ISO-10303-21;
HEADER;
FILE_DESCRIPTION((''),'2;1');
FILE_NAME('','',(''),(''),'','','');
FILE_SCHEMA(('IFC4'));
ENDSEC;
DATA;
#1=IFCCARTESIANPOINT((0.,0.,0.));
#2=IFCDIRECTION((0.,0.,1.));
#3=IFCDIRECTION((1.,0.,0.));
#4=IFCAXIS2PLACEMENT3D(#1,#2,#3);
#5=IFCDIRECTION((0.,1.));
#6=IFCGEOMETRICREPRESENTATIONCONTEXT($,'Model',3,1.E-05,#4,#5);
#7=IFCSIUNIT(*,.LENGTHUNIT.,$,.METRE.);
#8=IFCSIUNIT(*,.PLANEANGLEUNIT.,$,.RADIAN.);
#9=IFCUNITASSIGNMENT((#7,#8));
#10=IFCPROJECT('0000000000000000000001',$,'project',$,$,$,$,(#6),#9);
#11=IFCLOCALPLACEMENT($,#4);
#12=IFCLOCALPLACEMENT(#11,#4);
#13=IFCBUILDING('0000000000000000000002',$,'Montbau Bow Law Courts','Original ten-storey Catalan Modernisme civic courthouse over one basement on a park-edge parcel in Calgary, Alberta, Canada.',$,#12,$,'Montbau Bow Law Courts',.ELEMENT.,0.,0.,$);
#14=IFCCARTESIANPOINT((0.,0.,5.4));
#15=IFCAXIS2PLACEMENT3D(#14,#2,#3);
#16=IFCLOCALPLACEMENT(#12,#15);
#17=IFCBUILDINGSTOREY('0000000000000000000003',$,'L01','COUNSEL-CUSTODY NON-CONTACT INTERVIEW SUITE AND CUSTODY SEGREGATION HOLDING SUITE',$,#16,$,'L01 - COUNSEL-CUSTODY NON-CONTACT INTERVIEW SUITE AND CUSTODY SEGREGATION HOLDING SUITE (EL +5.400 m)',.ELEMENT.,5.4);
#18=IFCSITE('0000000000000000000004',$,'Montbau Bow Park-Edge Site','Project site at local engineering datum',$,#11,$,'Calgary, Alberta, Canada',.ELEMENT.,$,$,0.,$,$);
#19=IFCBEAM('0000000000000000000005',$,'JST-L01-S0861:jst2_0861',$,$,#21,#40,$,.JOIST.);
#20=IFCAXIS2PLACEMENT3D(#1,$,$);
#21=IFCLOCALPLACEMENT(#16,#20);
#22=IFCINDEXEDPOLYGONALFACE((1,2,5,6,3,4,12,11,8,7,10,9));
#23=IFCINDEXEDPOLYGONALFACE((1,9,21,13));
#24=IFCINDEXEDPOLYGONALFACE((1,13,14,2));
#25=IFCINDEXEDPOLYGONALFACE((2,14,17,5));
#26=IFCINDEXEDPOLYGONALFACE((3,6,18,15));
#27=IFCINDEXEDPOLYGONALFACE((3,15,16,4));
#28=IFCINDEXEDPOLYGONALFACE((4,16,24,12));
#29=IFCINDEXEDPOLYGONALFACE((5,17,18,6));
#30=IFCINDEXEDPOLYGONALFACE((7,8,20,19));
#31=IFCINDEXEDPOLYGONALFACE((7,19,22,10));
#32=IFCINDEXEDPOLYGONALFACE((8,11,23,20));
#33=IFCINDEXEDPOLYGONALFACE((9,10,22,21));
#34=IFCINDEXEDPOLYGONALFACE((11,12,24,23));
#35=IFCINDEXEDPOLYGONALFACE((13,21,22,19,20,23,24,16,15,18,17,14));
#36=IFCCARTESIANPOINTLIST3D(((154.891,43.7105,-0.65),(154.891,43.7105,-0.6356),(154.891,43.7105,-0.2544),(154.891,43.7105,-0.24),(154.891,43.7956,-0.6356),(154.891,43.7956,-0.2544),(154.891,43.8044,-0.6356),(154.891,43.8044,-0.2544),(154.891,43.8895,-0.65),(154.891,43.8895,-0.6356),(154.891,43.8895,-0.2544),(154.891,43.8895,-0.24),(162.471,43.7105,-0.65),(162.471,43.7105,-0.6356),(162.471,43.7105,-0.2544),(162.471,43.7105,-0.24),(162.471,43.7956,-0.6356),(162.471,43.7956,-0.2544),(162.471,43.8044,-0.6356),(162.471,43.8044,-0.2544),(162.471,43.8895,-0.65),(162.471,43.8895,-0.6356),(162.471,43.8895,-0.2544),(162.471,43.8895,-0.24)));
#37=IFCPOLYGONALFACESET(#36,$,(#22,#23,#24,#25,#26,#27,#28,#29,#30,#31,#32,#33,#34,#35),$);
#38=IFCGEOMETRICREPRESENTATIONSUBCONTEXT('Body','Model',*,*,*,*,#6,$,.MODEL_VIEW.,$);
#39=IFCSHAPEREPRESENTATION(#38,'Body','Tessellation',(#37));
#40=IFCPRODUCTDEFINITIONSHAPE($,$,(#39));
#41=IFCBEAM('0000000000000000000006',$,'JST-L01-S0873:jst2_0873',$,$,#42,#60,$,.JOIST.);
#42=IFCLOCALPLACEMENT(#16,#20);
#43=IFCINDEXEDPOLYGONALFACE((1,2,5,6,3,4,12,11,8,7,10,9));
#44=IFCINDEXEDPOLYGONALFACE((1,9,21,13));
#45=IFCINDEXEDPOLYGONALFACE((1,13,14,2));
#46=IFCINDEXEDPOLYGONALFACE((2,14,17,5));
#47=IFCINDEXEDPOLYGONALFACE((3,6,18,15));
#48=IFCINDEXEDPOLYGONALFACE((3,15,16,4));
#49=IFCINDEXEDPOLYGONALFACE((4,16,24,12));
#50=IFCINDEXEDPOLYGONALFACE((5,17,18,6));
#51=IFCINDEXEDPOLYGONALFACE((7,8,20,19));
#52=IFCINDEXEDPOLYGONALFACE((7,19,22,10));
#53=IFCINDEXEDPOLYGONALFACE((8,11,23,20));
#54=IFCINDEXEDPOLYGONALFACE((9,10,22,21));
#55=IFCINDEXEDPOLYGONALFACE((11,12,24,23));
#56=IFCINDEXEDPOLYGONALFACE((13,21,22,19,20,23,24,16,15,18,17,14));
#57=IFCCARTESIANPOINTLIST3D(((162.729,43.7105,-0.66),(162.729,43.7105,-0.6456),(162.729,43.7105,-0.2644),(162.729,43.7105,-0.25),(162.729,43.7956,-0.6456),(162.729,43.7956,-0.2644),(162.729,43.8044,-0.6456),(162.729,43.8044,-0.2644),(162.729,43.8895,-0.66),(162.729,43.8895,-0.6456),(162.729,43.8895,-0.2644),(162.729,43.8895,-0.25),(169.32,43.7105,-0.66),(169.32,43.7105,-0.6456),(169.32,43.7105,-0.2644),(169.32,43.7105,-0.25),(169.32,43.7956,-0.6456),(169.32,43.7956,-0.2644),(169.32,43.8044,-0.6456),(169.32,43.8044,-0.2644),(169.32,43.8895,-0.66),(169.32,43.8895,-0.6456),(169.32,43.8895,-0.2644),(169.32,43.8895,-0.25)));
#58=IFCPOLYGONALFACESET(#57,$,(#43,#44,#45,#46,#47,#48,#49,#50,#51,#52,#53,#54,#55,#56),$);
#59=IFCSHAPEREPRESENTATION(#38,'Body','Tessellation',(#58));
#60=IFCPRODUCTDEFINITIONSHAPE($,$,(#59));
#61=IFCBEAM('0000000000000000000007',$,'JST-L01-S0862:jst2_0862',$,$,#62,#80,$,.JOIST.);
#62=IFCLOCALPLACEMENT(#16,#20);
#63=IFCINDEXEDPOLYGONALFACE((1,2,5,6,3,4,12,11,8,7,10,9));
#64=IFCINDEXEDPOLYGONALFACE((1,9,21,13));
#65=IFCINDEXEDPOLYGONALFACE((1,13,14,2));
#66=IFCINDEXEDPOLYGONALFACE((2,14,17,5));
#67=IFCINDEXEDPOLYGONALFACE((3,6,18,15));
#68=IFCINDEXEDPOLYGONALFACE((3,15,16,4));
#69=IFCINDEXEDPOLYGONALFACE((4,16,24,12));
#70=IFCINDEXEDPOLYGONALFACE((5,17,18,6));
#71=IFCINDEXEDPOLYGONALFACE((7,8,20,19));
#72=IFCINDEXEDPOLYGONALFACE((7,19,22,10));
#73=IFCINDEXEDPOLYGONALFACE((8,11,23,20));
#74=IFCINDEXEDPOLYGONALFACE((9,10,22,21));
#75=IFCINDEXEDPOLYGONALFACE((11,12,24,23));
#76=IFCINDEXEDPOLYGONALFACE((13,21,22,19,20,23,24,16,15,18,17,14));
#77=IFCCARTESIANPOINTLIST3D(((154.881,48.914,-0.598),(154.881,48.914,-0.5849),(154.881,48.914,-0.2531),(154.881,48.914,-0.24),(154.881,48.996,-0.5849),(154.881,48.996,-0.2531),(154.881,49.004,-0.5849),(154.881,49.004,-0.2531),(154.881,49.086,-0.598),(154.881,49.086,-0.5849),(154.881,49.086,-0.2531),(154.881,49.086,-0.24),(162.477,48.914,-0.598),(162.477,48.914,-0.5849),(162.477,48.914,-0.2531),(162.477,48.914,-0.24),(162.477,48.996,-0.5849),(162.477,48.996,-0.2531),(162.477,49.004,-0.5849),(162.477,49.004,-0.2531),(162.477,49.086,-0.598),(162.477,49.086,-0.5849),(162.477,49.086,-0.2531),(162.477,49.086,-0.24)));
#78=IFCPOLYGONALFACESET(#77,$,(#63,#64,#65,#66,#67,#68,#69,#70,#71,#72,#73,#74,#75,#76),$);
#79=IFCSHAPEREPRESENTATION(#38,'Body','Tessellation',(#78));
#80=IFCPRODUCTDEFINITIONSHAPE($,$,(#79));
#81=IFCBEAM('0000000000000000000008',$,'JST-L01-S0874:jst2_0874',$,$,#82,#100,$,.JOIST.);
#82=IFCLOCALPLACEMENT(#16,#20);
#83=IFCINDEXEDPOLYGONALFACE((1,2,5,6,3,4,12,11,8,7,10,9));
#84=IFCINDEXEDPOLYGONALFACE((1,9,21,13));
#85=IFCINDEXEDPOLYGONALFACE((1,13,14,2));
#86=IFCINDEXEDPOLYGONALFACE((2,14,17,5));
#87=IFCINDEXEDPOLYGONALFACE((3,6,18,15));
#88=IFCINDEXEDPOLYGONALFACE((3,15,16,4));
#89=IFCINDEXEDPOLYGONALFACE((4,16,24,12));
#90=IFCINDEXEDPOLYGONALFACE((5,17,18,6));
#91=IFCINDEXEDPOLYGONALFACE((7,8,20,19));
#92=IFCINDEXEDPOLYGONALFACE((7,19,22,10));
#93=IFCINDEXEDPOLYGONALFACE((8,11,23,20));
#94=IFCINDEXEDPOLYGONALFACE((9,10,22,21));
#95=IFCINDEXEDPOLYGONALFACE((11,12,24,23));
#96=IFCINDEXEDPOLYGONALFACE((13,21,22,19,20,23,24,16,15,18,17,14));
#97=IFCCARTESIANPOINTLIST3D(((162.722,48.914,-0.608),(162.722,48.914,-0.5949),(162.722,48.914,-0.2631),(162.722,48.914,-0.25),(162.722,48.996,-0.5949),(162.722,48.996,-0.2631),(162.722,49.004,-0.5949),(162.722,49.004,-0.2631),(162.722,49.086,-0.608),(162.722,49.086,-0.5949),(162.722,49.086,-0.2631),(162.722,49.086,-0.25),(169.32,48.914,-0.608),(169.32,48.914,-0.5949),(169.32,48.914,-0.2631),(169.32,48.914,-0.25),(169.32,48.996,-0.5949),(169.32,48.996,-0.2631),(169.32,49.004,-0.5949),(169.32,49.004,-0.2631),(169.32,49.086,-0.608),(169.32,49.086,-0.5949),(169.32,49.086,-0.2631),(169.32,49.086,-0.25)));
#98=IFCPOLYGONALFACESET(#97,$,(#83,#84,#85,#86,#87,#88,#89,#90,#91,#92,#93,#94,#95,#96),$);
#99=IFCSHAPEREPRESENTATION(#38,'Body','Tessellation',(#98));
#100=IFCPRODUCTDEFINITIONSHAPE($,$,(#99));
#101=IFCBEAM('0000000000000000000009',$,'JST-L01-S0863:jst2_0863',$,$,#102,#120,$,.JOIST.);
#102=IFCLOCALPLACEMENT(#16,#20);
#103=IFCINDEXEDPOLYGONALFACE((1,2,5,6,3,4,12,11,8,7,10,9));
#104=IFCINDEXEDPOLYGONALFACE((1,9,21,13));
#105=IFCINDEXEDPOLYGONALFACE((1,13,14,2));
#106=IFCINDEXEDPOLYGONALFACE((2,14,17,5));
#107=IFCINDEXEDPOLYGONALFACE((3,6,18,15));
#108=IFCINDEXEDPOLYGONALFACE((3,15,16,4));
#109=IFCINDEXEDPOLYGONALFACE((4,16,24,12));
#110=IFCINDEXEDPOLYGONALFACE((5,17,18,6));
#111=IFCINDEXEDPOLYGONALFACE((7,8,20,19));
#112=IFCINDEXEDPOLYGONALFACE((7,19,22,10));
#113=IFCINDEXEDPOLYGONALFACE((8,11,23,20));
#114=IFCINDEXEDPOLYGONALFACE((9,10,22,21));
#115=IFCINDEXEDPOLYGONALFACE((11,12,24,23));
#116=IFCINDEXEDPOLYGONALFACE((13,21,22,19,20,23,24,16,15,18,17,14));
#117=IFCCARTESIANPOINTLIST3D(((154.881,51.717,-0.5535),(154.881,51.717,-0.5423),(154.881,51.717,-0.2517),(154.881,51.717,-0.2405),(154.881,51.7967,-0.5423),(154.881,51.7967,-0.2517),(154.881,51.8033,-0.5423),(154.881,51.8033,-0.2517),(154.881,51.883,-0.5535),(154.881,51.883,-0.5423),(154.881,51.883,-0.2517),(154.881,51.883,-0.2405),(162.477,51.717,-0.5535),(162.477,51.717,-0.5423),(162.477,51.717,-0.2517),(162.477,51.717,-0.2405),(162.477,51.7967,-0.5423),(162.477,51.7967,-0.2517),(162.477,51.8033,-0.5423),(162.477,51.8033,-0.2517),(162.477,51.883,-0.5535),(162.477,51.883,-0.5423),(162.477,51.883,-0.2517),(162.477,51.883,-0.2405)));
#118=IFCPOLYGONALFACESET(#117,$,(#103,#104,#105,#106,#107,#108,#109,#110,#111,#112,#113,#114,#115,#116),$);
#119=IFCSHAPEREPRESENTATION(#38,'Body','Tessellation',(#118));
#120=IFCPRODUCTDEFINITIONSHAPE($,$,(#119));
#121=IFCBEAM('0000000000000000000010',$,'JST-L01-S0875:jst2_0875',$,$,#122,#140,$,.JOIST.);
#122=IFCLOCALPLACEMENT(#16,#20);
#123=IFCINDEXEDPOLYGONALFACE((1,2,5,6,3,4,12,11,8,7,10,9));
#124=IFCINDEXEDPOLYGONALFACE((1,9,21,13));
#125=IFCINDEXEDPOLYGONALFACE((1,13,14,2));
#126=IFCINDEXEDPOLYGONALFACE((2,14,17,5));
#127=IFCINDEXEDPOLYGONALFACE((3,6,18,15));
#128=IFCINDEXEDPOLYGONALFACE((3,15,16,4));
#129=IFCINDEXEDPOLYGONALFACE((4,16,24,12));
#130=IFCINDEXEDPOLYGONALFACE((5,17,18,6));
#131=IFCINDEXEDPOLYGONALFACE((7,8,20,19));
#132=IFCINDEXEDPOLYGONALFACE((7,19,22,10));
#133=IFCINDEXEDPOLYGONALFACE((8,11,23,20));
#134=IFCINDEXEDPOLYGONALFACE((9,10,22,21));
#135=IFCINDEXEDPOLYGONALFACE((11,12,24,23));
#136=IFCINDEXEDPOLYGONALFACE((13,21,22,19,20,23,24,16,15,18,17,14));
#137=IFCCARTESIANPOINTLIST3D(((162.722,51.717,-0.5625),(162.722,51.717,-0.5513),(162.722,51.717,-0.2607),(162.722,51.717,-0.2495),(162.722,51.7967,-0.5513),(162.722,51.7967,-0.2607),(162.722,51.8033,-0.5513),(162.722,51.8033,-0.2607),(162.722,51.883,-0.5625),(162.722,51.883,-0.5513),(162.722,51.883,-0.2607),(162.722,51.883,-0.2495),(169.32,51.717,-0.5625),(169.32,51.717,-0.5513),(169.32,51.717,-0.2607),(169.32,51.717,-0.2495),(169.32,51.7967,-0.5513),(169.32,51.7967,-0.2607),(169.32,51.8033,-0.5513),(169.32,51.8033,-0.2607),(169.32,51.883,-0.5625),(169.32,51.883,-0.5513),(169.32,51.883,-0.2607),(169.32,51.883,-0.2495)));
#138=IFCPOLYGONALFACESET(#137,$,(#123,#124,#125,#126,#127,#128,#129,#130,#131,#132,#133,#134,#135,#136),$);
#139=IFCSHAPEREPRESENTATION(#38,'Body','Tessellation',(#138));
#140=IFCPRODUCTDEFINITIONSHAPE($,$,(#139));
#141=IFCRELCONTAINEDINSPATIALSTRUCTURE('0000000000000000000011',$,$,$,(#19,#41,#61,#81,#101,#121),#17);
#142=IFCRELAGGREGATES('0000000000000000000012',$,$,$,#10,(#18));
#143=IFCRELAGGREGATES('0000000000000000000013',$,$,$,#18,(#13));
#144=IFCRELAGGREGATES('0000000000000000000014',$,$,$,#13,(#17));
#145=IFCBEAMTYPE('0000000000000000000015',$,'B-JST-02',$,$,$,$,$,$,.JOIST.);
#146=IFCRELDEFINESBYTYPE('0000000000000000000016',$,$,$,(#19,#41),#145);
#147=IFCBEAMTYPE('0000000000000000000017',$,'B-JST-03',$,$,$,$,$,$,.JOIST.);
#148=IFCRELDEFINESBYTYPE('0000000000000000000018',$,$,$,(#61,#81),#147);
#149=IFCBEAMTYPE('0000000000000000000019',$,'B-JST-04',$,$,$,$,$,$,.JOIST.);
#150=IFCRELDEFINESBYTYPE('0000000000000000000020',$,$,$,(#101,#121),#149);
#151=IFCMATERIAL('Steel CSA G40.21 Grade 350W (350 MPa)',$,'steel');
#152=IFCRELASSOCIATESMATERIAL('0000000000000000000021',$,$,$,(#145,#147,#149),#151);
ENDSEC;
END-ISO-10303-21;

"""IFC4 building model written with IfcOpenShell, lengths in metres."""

from ifc_helpers import new_model, si_unit, direction, frame, origin_with_axes, origin_2d_with_axis, place, context, subcontext, project, spatial, i_section, extrude, material, material_profile, profile_set, type_object, element, save


model = new_model("IFC4")

# Units and contexts
model_context = context("Model", 3, precision=1e-05, world=origin_with_axes(), true_north=direction((0.0, 1.0)))
body_context = subcontext(model_context, "Body", "Model", "MODEL_VIEW")
ifc_project = project(units=[si_unit("LENGTHUNIT", "METRE"), si_unit("PLANEANGLEUNIT", "RADIAN")], contexts=[model_context])

# Site, building, storey
site_placement = place(None, origin_with_axes())
site = spatial("IfcSite", under=ifc_project, at=site_placement, Name="Montbau Bow Park-Edge Site", Description="Project site at local engineering datum", LongName="Calgary, Alberta, Canada", CompositionType="ELEMENT", RefElevation=0.0)
building_placement = place(site_placement, origin_with_axes())
building = spatial("IfcBuilding", under=site, at=building_placement, Name="Montbau Bow Law Courts", Description="Original ten-storey Catalan Modernisme civic courthouse over one basement on a park-edge parcel in Calgary, Alberta, Canada.", LongName="Montbau Bow Law Courts", CompositionType="ELEMENT", ElevationOfRefHeight=0.0, ElevationOfTerrain=0.0)
storey_placement = place(building_placement, frame((0.0, 0.0, 5.4), z_axis=(0.0, 0.0, 1.0), x_axis=(1.0, 0.0, 0.0)))
storey = spatial("IfcBuildingStorey", under=building, at=storey_placement, Name="L01", Description="COUNSEL-CUSTODY NON-CONTACT INTERVIEW SUITE AND CUSTODY SEGREGATION HOLDING SUITE", LongName="L01 - COUNSEL-CUSTODY NON-CONTACT INTERVIEW SUITE AND CUSTODY SEGREGATION HOLDING SUITE (EL +5.400 m)", CompositionType="ELEMENT", Elevation=5.4)

# Shared definitions
ifc_material_1 = material(Name="Steel CSA G40.21 Grade 350W (350 MPa)", Category="steel")

# Beams
ifc_material_profile_1 = material_profile(ifc_material_1, i_section(OverallWidth=0.179, OverallDepth=0.41, WebThickness=0.0088, FlangeThickness=0.0144, at=origin_2d_with_axis()), Name="W410X67", Category="Main", Priority=0)
ifc_profile_set_1 = profile_set([ifc_material_profile_1], Name="Steel CSA G40.21 Grade 350W (350 MPa)")
beam_type_1 = type_object("IfcBeamType", Name="B-JST-02", PredefinedType="JOIST", material=ifc_profile_set_1)
beam_1_placement = place(None, frame((154.891, 43.8, 4.955), z_axis=(1.0, 0.0, 0.0), x_axis=(0.0, 1.0, 0.0)))
element("IfcBeam", 1, at=beam_1_placement, inside=storey, type_object=beam_type_1, Name="JST-L01-S0861:jst2_0861", PredefinedType="JOIST", context=body_context, shape_type="SweptSolid", body=[
    extrude(i_section(OverallWidth=0.179, OverallDepth=0.41, WebThickness=0.0088, FlangeThickness=0.0144, at=origin_2d_with_axis()), origin_with_axes(), (0.0, 0.0, 1.0), 7.58),
])
beam_2_placement = place(None, frame((162.729, 43.8, 4.945), z_axis=(1.0, 0.0, 0.0), x_axis=(0.0, 1.0, 0.0)))
element("IfcBeam", 2, at=beam_2_placement, inside=storey, type_object=beam_type_1, Name="JST-L01-S0873:jst2_0873", PredefinedType="JOIST", context=body_context, shape_type="SweptSolid", body=[
    extrude(i_section(OverallWidth=0.179, OverallDepth=0.41, WebThickness=0.0088, FlangeThickness=0.0144, at=origin_2d_with_axis()), origin_with_axes(), (0.0, 0.0, 1.0), 6.591),
])
ifc_material_profile_2 = material_profile(ifc_material_1, i_section(OverallWidth=0.172, OverallDepth=0.358, WebThickness=0.0079, FlangeThickness=0.0131, at=origin_2d_with_axis()), Name="W360X57", Category="Main", Priority=0)
ifc_profile_set_2 = profile_set([ifc_material_profile_2], Name="Steel CSA G40.21 Grade 350W (350 MPa)")
beam_type_2 = type_object("IfcBeamType", Name="B-JST-03", PredefinedType="JOIST", material=ifc_profile_set_2)
beam_3_placement = place(None, frame((154.881, 49.0, 4.981), z_axis=(1.0, 0.0, 0.0), x_axis=(0.0, 1.0, 0.0)))
element("IfcBeam", 3, at=beam_3_placement, inside=storey, type_object=beam_type_2, Name="JST-L01-S0862:jst2_0862", PredefinedType="JOIST", context=body_context, shape_type="SweptSolid", body=[
    extrude(i_section(OverallWidth=0.172, OverallDepth=0.358, WebThickness=0.0079, FlangeThickness=0.0131, at=origin_2d_with_axis()), origin_with_axes(), (0.0, 0.0, 1.0), 7.596),
])
beam_4_placement = place(None, frame((162.722, 49.0, 4.971), z_axis=(1.0, 0.0, 0.0), x_axis=(0.0, 1.0, 0.0)))
element("IfcBeam", 4, at=beam_4_placement, inside=storey, type_object=beam_type_2, Name="JST-L01-S0874:jst2_0874", PredefinedType="JOIST", context=body_context, shape_type="SweptSolid", body=[
    extrude(i_section(OverallWidth=0.172, OverallDepth=0.358, WebThickness=0.0079, FlangeThickness=0.0131, at=origin_2d_with_axis()), origin_with_axes(), (0.0, 0.0, 1.0), 6.598),
])
ifc_material_profile_3 = material_profile(ifc_material_1, i_section(OverallWidth=0.166, OverallDepth=0.313, WebThickness=0.0066, FlangeThickness=0.0112, at=origin_2d_with_axis()), Name="W310X45", Category="Main", Priority=0)
ifc_profile_set_3 = profile_set([ifc_material_profile_3], Name="Steel CSA G40.21 Grade 350W (350 MPa)")
beam_type_3 = type_object("IfcBeamType", Name="B-JST-04", PredefinedType="JOIST", material=ifc_profile_set_3)
beam_5_placement = place(None, frame((154.881, 51.8, 5.003), z_axis=(1.0, 0.0, 0.0), x_axis=(0.0, 1.0, 0.0)))
element("IfcBeam", 5, at=beam_5_placement, inside=storey, type_object=beam_type_3, Name="JST-L01-S0863:jst2_0863", PredefinedType="JOIST", context=body_context, shape_type="SweptSolid", body=[
    extrude(i_section(OverallWidth=0.166, OverallDepth=0.313, WebThickness=0.0066, FlangeThickness=0.0112, at=origin_2d_with_axis()), origin_with_axes(), (0.0, 0.0, 1.0), 7.596),
])
beam_6_placement = place(None, frame((162.722, 51.8, 4.994), z_axis=(1.0, 0.0, 0.0), x_axis=(0.0, 1.0, 0.0)))
element("IfcBeam", 6, at=beam_6_placement, inside=storey, type_object=beam_type_3, Name="JST-L01-S0875:jst2_0875", PredefinedType="JOIST", context=body_context, shape_type="SweptSolid", body=[
    extrude(i_section(OverallWidth=0.166, OverallDepth=0.313, WebThickness=0.0066, FlangeThickness=0.0112, at=origin_2d_with_axis()), origin_with_axes(), (0.0, 0.0, 1.0), 6.598),
])

save(model, "model.ifc")
